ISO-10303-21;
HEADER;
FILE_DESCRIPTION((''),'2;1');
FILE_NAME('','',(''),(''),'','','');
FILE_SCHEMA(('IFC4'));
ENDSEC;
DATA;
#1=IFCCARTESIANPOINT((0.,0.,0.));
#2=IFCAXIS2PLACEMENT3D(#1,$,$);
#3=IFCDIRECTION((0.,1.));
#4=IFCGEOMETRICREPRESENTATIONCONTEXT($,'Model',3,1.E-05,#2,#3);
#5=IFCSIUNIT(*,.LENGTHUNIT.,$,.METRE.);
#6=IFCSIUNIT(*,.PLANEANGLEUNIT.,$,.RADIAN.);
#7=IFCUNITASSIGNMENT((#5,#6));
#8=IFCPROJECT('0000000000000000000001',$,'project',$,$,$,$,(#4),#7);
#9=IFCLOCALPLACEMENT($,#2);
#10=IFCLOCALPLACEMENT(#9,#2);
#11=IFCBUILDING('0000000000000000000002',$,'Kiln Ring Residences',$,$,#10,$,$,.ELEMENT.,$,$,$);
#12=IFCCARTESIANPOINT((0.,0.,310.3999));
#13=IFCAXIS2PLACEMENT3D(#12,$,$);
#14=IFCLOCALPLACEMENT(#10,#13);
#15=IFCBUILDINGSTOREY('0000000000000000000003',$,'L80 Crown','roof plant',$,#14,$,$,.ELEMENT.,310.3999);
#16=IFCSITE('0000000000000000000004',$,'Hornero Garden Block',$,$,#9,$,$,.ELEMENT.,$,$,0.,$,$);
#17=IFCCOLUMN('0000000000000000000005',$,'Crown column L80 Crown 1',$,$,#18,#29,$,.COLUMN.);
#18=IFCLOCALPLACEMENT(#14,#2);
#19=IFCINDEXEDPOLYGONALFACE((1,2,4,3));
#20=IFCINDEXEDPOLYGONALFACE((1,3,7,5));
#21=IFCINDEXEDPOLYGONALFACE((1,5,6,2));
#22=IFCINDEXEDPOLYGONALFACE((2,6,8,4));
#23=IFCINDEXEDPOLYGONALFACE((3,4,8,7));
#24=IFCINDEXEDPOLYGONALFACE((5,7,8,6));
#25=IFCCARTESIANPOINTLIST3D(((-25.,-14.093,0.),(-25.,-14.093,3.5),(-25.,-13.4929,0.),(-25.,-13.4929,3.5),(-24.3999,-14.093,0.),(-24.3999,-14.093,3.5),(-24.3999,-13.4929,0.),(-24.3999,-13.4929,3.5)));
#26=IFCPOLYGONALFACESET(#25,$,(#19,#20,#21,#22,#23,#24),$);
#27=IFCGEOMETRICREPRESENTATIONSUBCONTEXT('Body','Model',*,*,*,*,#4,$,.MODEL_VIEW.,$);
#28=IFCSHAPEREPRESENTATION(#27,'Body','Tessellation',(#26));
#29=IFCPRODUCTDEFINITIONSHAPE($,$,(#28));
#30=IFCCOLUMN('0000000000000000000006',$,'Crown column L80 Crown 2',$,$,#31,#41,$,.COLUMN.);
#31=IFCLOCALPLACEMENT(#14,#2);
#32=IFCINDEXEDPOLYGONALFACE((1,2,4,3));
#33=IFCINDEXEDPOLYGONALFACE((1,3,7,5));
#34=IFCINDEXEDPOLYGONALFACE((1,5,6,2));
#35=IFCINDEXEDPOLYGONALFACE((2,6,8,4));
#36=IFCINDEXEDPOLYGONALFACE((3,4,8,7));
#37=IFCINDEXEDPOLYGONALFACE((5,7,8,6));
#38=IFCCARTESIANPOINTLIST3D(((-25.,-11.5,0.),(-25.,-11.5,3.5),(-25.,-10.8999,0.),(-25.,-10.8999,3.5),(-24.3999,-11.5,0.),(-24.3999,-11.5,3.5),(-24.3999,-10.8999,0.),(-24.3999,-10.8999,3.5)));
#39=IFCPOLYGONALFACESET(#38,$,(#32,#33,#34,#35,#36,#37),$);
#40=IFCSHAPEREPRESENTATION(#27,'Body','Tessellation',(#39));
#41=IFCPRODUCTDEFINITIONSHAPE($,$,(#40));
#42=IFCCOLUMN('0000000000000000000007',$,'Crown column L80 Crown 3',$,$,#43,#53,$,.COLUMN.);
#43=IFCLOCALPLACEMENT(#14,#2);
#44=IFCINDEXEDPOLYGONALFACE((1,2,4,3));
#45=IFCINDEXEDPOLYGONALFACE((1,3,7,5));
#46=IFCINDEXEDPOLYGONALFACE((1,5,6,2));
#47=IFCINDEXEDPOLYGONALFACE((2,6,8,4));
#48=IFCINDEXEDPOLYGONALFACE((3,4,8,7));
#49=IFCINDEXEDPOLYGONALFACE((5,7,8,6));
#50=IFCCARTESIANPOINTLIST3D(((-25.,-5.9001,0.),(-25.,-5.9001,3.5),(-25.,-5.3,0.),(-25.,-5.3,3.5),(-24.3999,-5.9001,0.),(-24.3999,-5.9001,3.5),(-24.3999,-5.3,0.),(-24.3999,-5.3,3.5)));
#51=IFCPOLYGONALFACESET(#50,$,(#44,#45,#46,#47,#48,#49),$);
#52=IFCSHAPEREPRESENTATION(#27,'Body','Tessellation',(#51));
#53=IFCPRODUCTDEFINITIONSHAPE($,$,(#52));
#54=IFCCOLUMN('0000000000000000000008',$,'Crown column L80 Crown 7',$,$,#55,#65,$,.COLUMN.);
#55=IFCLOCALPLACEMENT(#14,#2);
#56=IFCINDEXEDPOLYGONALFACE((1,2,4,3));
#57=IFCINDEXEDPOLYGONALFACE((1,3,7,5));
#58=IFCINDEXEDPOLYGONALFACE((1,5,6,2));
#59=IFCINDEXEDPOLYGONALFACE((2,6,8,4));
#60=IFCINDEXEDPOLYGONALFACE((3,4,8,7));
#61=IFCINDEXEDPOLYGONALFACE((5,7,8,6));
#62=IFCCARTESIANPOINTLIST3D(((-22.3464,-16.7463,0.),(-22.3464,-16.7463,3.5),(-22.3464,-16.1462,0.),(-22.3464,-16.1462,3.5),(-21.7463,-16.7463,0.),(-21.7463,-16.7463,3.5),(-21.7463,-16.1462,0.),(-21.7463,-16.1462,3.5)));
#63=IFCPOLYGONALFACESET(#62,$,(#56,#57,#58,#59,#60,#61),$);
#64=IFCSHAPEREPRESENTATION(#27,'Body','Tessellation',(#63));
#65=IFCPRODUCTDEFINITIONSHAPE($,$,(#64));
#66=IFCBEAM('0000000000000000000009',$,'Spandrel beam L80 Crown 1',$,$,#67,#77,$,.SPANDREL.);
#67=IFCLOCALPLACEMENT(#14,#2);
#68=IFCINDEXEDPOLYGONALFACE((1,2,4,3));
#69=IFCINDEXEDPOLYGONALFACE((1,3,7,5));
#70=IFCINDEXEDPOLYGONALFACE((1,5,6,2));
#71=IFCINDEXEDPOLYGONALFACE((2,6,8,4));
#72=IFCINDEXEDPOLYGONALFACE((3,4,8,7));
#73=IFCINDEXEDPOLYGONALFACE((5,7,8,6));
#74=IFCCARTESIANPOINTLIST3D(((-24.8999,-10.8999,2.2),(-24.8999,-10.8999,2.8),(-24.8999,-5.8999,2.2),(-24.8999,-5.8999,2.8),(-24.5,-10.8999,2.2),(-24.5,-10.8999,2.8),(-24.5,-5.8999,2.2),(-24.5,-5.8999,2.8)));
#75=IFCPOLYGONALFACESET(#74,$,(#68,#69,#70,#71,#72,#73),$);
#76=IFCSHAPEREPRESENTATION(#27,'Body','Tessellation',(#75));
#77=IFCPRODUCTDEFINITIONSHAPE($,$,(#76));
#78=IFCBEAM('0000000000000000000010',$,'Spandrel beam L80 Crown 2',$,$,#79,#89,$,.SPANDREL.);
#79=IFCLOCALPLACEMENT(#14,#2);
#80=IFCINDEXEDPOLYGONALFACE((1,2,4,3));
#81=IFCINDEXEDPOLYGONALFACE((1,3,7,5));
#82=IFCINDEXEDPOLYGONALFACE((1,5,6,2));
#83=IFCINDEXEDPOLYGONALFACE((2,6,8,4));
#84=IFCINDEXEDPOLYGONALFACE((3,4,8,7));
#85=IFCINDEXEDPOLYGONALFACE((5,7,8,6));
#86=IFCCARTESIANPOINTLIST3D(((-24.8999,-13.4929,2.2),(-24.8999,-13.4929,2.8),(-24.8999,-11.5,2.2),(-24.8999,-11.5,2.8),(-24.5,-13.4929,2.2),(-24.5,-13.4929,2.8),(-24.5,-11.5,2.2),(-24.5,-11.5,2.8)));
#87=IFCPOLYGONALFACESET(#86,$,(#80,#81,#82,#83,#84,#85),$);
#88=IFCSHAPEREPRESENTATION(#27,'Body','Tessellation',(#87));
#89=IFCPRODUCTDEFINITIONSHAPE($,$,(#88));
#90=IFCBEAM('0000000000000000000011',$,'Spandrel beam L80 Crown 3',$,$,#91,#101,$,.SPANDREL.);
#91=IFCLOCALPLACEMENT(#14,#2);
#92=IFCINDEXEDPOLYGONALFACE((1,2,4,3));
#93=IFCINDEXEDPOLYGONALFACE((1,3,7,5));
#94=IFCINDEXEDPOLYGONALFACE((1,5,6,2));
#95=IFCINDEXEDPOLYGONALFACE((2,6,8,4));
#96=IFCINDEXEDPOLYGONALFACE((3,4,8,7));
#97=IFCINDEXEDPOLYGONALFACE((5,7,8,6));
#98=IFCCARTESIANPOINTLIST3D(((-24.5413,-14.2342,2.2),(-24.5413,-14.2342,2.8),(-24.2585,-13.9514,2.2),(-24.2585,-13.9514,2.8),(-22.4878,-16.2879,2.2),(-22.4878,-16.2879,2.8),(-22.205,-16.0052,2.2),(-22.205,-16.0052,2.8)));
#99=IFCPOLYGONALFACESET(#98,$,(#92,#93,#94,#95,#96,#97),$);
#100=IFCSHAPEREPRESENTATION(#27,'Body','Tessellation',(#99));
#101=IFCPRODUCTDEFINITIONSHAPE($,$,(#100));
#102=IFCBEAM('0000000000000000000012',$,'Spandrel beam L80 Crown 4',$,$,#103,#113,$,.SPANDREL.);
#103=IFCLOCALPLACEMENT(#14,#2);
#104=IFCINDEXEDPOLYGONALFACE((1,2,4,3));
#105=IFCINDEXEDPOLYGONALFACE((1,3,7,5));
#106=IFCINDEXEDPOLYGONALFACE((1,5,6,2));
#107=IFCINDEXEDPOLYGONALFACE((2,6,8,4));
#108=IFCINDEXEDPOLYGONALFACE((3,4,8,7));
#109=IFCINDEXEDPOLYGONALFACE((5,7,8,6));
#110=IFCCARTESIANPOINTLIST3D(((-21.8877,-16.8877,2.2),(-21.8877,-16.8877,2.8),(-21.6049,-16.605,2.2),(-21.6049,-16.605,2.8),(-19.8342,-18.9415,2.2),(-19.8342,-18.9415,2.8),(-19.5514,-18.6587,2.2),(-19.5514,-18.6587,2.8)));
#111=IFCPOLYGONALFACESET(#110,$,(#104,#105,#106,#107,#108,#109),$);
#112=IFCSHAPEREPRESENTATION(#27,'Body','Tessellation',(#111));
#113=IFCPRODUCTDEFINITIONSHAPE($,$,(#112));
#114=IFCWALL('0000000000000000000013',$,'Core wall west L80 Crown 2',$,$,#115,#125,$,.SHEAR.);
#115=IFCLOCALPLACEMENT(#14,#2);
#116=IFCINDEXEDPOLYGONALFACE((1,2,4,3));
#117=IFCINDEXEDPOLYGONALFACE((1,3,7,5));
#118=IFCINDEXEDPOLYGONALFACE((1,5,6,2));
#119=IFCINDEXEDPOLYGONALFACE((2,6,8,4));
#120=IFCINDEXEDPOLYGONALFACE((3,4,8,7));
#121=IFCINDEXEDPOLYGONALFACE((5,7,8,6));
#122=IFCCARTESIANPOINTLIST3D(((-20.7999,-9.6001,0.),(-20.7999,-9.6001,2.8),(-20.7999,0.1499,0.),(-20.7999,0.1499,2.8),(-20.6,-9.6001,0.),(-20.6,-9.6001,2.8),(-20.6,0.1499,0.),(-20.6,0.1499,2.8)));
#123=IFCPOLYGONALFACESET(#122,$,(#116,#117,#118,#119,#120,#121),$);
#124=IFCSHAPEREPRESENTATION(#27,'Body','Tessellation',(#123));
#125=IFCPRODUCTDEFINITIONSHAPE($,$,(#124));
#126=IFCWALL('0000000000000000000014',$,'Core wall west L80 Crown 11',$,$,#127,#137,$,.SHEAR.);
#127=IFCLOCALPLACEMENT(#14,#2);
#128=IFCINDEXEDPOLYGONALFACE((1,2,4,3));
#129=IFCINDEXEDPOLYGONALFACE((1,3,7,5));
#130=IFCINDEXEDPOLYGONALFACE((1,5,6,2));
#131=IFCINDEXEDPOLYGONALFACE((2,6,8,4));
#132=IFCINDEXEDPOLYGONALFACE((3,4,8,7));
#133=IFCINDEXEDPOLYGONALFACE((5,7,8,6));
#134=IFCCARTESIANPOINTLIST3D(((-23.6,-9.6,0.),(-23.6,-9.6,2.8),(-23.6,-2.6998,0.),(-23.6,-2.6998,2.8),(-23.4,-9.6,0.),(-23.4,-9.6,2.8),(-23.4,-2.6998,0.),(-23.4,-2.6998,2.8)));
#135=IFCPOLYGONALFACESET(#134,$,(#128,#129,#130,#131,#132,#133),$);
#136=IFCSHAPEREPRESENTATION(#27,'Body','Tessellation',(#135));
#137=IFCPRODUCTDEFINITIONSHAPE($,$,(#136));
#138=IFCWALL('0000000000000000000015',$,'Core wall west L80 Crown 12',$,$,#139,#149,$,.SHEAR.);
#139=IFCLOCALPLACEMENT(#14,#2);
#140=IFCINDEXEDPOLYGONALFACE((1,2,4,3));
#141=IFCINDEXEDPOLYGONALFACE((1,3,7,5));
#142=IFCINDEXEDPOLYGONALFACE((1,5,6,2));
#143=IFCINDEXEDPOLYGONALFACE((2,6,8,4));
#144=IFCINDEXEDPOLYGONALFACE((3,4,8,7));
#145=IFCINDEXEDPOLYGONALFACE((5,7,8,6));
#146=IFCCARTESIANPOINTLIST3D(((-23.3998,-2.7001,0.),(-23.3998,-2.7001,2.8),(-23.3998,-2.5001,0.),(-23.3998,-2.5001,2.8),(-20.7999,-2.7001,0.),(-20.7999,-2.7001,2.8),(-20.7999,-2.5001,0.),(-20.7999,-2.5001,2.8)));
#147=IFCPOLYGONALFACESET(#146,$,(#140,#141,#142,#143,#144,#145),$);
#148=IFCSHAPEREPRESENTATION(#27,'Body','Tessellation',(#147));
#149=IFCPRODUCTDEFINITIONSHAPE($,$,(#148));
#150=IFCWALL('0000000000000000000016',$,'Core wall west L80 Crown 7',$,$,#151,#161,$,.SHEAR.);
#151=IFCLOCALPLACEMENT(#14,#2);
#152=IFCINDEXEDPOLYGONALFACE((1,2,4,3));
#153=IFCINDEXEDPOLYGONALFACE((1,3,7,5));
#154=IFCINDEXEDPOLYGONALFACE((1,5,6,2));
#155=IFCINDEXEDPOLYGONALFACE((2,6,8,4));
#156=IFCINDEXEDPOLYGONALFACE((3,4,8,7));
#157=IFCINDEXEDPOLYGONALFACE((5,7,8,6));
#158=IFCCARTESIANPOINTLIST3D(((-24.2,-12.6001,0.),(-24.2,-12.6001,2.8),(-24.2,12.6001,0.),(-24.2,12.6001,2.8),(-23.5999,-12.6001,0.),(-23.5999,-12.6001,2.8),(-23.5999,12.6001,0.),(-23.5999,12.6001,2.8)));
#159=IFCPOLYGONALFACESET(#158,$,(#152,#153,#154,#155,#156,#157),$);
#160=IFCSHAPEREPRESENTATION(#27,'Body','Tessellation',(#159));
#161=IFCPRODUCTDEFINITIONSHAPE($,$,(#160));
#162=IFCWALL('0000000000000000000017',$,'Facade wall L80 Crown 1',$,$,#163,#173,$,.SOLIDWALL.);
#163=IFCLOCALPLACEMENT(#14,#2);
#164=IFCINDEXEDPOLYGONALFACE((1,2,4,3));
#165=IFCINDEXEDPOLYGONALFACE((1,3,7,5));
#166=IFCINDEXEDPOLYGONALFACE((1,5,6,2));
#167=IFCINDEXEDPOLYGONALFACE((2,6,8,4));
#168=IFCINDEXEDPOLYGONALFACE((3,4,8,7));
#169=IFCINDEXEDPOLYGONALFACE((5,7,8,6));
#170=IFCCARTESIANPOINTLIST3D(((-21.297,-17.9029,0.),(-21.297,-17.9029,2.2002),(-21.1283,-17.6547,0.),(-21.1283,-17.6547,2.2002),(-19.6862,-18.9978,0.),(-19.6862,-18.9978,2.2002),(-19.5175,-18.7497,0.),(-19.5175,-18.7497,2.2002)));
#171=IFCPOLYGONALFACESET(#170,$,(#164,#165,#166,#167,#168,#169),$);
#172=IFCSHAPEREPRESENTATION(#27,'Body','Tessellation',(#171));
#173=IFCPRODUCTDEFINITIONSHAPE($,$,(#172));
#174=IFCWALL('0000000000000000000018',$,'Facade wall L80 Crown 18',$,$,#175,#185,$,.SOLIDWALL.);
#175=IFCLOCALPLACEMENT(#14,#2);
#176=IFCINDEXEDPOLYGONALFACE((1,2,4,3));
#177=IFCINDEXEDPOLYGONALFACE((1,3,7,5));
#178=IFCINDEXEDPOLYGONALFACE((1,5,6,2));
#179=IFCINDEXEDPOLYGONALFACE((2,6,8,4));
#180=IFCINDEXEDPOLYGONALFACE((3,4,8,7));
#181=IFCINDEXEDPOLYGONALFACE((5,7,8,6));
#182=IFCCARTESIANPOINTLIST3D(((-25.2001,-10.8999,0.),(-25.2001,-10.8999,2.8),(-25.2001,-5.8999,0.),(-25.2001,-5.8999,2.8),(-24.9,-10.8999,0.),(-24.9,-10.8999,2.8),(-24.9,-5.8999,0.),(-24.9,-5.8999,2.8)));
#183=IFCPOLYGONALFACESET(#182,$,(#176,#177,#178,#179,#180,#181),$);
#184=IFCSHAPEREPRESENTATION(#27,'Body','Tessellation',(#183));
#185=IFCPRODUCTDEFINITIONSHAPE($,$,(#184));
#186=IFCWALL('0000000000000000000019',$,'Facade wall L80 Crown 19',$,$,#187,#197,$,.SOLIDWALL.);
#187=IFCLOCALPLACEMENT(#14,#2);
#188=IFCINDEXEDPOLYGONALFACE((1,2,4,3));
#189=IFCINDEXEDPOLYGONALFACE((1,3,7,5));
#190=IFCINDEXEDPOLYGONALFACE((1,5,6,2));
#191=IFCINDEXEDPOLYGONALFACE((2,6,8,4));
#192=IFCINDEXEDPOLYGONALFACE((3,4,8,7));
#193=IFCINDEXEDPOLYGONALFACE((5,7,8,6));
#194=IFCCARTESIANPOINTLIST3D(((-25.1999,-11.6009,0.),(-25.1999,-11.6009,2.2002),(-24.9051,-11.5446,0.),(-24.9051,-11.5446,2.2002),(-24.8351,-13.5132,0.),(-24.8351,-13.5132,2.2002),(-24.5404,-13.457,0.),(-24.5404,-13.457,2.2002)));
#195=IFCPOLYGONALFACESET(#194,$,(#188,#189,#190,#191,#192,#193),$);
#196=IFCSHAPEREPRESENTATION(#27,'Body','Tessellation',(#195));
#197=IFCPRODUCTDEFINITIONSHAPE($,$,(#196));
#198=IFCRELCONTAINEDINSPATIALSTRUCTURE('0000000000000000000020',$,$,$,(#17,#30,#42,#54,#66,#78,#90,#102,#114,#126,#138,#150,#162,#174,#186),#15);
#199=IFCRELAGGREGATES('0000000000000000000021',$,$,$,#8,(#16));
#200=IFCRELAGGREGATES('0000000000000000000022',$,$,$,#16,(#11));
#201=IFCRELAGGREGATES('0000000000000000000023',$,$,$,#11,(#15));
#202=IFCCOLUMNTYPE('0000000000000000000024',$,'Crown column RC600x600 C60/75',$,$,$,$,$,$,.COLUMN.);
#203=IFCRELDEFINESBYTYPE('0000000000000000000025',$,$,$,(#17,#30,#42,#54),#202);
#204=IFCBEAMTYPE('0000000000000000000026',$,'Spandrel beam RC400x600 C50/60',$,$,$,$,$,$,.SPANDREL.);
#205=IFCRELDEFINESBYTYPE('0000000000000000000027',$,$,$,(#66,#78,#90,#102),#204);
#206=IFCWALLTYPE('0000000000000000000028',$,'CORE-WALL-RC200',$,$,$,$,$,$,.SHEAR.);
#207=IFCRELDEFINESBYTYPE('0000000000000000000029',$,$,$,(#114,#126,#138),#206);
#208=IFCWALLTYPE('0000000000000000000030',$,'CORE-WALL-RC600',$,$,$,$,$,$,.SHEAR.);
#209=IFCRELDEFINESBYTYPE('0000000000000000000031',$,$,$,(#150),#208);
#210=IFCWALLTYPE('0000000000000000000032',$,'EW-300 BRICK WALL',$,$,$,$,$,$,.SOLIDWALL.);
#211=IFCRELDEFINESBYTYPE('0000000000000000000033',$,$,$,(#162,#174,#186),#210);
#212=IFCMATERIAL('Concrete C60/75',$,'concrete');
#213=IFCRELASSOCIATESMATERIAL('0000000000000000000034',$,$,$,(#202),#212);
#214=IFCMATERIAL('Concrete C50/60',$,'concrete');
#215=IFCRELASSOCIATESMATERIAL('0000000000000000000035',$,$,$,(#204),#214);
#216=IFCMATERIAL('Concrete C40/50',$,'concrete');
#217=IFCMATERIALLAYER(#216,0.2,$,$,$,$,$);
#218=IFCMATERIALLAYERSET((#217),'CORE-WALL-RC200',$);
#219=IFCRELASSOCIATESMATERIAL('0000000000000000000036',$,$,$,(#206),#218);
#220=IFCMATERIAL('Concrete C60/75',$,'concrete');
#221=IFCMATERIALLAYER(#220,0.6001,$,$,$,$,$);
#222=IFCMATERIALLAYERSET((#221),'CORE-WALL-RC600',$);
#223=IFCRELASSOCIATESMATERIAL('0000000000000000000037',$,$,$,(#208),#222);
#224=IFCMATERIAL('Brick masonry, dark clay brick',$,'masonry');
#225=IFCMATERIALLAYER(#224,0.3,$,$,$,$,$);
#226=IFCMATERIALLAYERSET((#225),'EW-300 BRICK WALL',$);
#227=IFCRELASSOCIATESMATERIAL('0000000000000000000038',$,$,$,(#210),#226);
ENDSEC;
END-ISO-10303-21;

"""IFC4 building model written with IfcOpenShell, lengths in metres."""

from ifc_helpers import new_model, si_unit, direction, frame, frame_2d, origin, origin_2d, place, context, subcontext, project, spatial, rectangle, extrude, material, layer, layer_set, material_profile, profile_set, type_object, element, save


model = new_model("IFC4")

# Units and contexts
model_context = context("Model", 3, precision=1e-05, world=origin(), true_north=direction((0.0, 1.0)))
body_context = subcontext(model_context, "Body", "Model", "MODEL_VIEW")
ifc_project = project(units=[si_unit("LENGTHUNIT", "METRE"), si_unit("PLANEANGLEUNIT", "RADIAN")], contexts=[model_context])

# Site, building, storey
site_placement = place(None, origin())
site = spatial("IfcSite", under=ifc_project, at=site_placement, Name="Hornero Garden Block", CompositionType="ELEMENT", RefElevation=0.0)
building_placement = place(site_placement, origin())
building = spatial("IfcBuilding", under=site, at=building_placement, Name="Kiln Ring Residences", CompositionType="ELEMENT")
storey_placement = place(building_placement, frame((0.0, 0.0, 310.3999)))
storey = spatial("IfcBuildingStorey", under=building, at=storey_placement, Name="L80 Crown", Description="roof plant", CompositionType="ELEMENT", Elevation=310.3999)

# Columns
ifc_material_1 = material(Name="Concrete C60/75", Category="concrete")
ifc_material_profile_1 = material_profile(ifc_material_1, rectangle(XDim=0.6001, YDim=0.6001, at=origin_2d()), Name="RC600x600")
ifc_profile_set_1 = profile_set([ifc_material_profile_1], Name="Concrete C60/75")
column_type = type_object("IfcColumnType", Name="Crown column RC600x600 C60/75", PredefinedType="COLUMN", material=ifc_profile_set_1)
for number, where, z_axis, x_axis, name in (
    (1, (-24.7, -13.793, 0.0), (0.0, 0.0, 1.0), (1.0, 0.0, 0.0), "Crown column L80 Crown 1"),
    (2, (-24.7, -11.2, 0.0), (0.0, 0.0, 1.0), (1.0, 0.0, 0.0), "Crown column L80 Crown 2"),
    (3, (-24.7, -5.6001, 0.0), (0.0, 0.0, 1.0), (1.0, 0.0, 0.0), "Crown column L80 Crown 3"),
    (4, (-22.0464, -16.4463, 0.0), (0.0, 0.0, 1.0), (1.0, 0.0, 0.0), "Crown column L80 Crown 7"),
):
    element("IfcColumn", number, at=place(storey_placement, frame(where, z_axis=z_axis, x_axis=x_axis)), inside=storey, type_object=column_type, Name=name, PredefinedType="COLUMN", context=body_context, shape_type="SweptSolid", body=[
        extrude(rectangle(XDim=0.6001, YDim=0.6001, at=origin_2d()), origin(), (0.0, 0.0, 1.0), 3.5),
    ])

# Beams
ifc_material_2 = material(Name="Concrete C50/60", Category="concrete")
ifc_material_profile_2 = material_profile(ifc_material_2, rectangle(XDim=0.3999, YDim=0.6001, at=origin_2d()), Name="RC400x600")
ifc_profile_set_2 = profile_set([ifc_material_profile_2], Name="Concrete C50/60")
beam_type = type_object("IfcBeamType", Name="Spandrel beam RC400x600 C50/60", PredefinedType="SPANDREL", material=ifc_profile_set_2)
beam_1_placement = place(storey_placement, frame((-24.7, -5.8999, 2.5), z_axis=(0.0, -1.0, 0.0), x_axis=(1.0, 0.0, 0.0)))
element("IfcBeam", 5, at=beam_1_placement, inside=storey, type_object=beam_type, Name="Spandrel beam L80 Crown 1", PredefinedType="SPANDREL", context=body_context, shape_type="SweptSolid", body=[
    extrude(rectangle(XDim=0.3999, YDim=0.6001, at=origin_2d()), origin(), (0.0, 0.0, 1.0), 5.0),
])
beam_2_placement = place(storey_placement, frame((-24.7, -11.5, 2.5), z_axis=(0.0, -1.0, 0.0), x_axis=(1.0, 0.0, 0.0)))
element("IfcBeam", 6, at=beam_2_placement, inside=storey, type_object=beam_type, Name="Spandrel beam L80 Crown 2", PredefinedType="SPANDREL", context=body_context, shape_type="SweptSolid", body=[
    extrude(rectangle(XDim=0.3999, YDim=0.6001, at=origin_2d()), origin(), (0.0, 0.0, 1.0), 1.9929),
])
for number, where, z_axis, x_axis, name in (
    (7, (-24.3999, -14.0928, 2.5), (0.707065, -0.707149, 0.0), (0.707149, 0.707065, 0.0), "Spandrel beam L80 Crown 3"),
    (8, (-21.7463, -16.7463, 2.5), (0.707065, -0.707149, 0.0), (0.707149, 0.707065, 0.0), "Spandrel beam L80 Crown 4"),
):
    element("IfcBeam", number, at=place(storey_placement, frame(where, z_axis=z_axis, x_axis=x_axis)), inside=storey, type_object=beam_type, Name=name, PredefinedType="SPANDREL", context=body_context, shape_type="SweptSolid", body=[
        extrude(rectangle(XDim=0.3999, YDim=0.6001, at=origin_2d()), origin(), (0.0, 0.0, 1.0), 2.9043),
    ])

# Walls
ifc_material_3 = material(Name="Concrete C40/50", Category="concrete")
ifc_layer_1 = layer(ifc_material_3, 0.2)
ifc_layer_set_1 = layer_set([ifc_layer_1], Name="CORE-WALL-RC200")
wall_type_1 = type_object("IfcWallType", Name="CORE-WALL-RC200", PredefinedType="SHEAR", material=ifc_layer_set_1)
wall_1_placement = place(storey_placement, frame((-20.7, -9.6001, 0.0), z_axis=(0.0, 0.0, 1.0), x_axis=(0.0, 1.0, 0.0)))
element("IfcWall", 9, at=wall_1_placement, inside=storey, type_object=wall_type_1, Name="Core wall west L80 Crown 2", PredefinedType="SHEAR", context=body_context, shape_type="SweptSolid", body=[
    extrude(rectangle(XDim=9.75, YDim=0.2, at=frame_2d((4.875, 0.0))), origin(), (0.0, 0.0, 1.0), 2.8),
])
wall_2_placement = place(storey_placement, frame((-23.5, -9.6001, 0.0), z_axis=(0.0, 0.0, 1.0), x_axis=(0.0, 1.0, 0.0)))
element("IfcWall", 10, at=wall_2_placement, inside=storey, type_object=wall_type_1, Name="Core wall west L80 Crown 11", PredefinedType="SHEAR", context=body_context, shape_type="SweptSolid", body=[
    extrude(rectangle(XDim=6.9001, YDim=0.2, at=frame_2d((3.4502, 0.0))), origin(), (0.0, 0.0, 1.0), 2.8),
])
wall_3_placement = place(storey_placement, frame((-20.8, -2.6001, 0.0), z_axis=(0.0, 0.0, 1.0), x_axis=(-1.0, 0.0, 0.0)))
element("IfcWall", 11, at=wall_3_placement, inside=storey, type_object=wall_type_1, Name="Core wall west L80 Crown 12", PredefinedType="SHEAR", context=body_context, shape_type="SweptSolid", body=[
    extrude(rectangle(XDim=2.5999, YDim=0.2, at=frame_2d((1.2998, 0.0))), origin(), (0.0, 0.0, 1.0), 2.8),
])
ifc_material_4 = material(Name="Concrete C60/75", Category="concrete")
ifc_layer_2 = layer(ifc_material_4, 0.6001)
ifc_layer_set_2 = layer_set([ifc_layer_2], Name="CORE-WALL-RC600")
wall_type_2 = type_object("IfcWallType", Name="CORE-WALL-RC600", PredefinedType="SHEAR", material=ifc_layer_set_2)
wall_4_placement = place(storey_placement, frame((-23.8999, -12.6001, 0.0), z_axis=(0.0, 0.0, 1.0), x_axis=(0.0, 1.0, 0.0)))
element("IfcWall", 12, at=wall_4_placement, inside=storey, type_object=wall_type_2, Name="Core wall west L80 Crown 7", PredefinedType="SHEAR", context=body_context, shape_type="SweptSolid", body=[
    extrude(rectangle(XDim=25.2002, YDim=0.6001, at=frame_2d((12.6001, 0.0))), origin(), (0.0, 0.0, 1.0), 2.8),
])
ifc_material_5 = material(Name="Brick masonry, dark clay brick", Category="masonry")
ifc_layer_3 = layer(ifc_material_5, 0.3)
ifc_layer_set_3 = layer_set([ifc_layer_3], Name="EW-300 BRICK WALL")
wall_type_3 = type_object("IfcWallType", Name="EW-300 BRICK WALL", PredefinedType="SOLIDWALL", material=ifc_layer_set_3)
wall_5_placement = place(storey_placement, frame((-21.2126, -17.7788, 0.0), z_axis=(0.0, 0.0, 1.0), x_axis=(0.827022, -0.562169, 0.0)))
element("IfcWall", 13, at=wall_5_placement, inside=storey, type_object=wall_type_3, Name="Facade wall L80 Crown 1", PredefinedType="SOLIDWALL", context=body_context, shape_type="SweptSolid", body=[
    extrude(rectangle(XDim=1.9478, YDim=0.3, at=frame_2d((0.9739, 0.0))), origin(), (0.0, 0.0, 1.0), 2.2002),
])
wall_6_placement = place(storey_placement, frame((-25.05, -5.8999, 0.0), z_axis=(0.0, 0.0, 1.0), x_axis=(0.0, -1.0, 0.0)))
element("IfcWall", 14, at=wall_6_placement, inside=storey, type_object=wall_type_3, Name="Facade wall L80 Crown 18", PredefinedType="SOLIDWALL", context=body_context, shape_type="SweptSolid", body=[
    extrude(rectangle(XDim=5.0, YDim=0.3, at=frame_2d((2.5, 0.0))), origin(), (0.0, 0.0, 1.0), 2.8),
])
wall_7_placement = place(storey_placement, frame((-25.0525, -11.5728, 0.0), z_axis=(0.0, 0.0, 1.0), x_axis=(0.187354, -0.982292, 0.0)))
element("IfcWall", 15, at=wall_7_placement, inside=storey, type_object=wall_type_3, Name="Facade wall L80 Crown 19", PredefinedType="SOLIDWALL", context=body_context, shape_type="SweptSolid", body=[
    extrude(rectangle(XDim=1.9468, YDim=0.3, at=frame_2d((0.9734, 0.0))), origin(), (0.0, 0.0, 1.0), 2.2002),
])

save(model, "model.ifc")
